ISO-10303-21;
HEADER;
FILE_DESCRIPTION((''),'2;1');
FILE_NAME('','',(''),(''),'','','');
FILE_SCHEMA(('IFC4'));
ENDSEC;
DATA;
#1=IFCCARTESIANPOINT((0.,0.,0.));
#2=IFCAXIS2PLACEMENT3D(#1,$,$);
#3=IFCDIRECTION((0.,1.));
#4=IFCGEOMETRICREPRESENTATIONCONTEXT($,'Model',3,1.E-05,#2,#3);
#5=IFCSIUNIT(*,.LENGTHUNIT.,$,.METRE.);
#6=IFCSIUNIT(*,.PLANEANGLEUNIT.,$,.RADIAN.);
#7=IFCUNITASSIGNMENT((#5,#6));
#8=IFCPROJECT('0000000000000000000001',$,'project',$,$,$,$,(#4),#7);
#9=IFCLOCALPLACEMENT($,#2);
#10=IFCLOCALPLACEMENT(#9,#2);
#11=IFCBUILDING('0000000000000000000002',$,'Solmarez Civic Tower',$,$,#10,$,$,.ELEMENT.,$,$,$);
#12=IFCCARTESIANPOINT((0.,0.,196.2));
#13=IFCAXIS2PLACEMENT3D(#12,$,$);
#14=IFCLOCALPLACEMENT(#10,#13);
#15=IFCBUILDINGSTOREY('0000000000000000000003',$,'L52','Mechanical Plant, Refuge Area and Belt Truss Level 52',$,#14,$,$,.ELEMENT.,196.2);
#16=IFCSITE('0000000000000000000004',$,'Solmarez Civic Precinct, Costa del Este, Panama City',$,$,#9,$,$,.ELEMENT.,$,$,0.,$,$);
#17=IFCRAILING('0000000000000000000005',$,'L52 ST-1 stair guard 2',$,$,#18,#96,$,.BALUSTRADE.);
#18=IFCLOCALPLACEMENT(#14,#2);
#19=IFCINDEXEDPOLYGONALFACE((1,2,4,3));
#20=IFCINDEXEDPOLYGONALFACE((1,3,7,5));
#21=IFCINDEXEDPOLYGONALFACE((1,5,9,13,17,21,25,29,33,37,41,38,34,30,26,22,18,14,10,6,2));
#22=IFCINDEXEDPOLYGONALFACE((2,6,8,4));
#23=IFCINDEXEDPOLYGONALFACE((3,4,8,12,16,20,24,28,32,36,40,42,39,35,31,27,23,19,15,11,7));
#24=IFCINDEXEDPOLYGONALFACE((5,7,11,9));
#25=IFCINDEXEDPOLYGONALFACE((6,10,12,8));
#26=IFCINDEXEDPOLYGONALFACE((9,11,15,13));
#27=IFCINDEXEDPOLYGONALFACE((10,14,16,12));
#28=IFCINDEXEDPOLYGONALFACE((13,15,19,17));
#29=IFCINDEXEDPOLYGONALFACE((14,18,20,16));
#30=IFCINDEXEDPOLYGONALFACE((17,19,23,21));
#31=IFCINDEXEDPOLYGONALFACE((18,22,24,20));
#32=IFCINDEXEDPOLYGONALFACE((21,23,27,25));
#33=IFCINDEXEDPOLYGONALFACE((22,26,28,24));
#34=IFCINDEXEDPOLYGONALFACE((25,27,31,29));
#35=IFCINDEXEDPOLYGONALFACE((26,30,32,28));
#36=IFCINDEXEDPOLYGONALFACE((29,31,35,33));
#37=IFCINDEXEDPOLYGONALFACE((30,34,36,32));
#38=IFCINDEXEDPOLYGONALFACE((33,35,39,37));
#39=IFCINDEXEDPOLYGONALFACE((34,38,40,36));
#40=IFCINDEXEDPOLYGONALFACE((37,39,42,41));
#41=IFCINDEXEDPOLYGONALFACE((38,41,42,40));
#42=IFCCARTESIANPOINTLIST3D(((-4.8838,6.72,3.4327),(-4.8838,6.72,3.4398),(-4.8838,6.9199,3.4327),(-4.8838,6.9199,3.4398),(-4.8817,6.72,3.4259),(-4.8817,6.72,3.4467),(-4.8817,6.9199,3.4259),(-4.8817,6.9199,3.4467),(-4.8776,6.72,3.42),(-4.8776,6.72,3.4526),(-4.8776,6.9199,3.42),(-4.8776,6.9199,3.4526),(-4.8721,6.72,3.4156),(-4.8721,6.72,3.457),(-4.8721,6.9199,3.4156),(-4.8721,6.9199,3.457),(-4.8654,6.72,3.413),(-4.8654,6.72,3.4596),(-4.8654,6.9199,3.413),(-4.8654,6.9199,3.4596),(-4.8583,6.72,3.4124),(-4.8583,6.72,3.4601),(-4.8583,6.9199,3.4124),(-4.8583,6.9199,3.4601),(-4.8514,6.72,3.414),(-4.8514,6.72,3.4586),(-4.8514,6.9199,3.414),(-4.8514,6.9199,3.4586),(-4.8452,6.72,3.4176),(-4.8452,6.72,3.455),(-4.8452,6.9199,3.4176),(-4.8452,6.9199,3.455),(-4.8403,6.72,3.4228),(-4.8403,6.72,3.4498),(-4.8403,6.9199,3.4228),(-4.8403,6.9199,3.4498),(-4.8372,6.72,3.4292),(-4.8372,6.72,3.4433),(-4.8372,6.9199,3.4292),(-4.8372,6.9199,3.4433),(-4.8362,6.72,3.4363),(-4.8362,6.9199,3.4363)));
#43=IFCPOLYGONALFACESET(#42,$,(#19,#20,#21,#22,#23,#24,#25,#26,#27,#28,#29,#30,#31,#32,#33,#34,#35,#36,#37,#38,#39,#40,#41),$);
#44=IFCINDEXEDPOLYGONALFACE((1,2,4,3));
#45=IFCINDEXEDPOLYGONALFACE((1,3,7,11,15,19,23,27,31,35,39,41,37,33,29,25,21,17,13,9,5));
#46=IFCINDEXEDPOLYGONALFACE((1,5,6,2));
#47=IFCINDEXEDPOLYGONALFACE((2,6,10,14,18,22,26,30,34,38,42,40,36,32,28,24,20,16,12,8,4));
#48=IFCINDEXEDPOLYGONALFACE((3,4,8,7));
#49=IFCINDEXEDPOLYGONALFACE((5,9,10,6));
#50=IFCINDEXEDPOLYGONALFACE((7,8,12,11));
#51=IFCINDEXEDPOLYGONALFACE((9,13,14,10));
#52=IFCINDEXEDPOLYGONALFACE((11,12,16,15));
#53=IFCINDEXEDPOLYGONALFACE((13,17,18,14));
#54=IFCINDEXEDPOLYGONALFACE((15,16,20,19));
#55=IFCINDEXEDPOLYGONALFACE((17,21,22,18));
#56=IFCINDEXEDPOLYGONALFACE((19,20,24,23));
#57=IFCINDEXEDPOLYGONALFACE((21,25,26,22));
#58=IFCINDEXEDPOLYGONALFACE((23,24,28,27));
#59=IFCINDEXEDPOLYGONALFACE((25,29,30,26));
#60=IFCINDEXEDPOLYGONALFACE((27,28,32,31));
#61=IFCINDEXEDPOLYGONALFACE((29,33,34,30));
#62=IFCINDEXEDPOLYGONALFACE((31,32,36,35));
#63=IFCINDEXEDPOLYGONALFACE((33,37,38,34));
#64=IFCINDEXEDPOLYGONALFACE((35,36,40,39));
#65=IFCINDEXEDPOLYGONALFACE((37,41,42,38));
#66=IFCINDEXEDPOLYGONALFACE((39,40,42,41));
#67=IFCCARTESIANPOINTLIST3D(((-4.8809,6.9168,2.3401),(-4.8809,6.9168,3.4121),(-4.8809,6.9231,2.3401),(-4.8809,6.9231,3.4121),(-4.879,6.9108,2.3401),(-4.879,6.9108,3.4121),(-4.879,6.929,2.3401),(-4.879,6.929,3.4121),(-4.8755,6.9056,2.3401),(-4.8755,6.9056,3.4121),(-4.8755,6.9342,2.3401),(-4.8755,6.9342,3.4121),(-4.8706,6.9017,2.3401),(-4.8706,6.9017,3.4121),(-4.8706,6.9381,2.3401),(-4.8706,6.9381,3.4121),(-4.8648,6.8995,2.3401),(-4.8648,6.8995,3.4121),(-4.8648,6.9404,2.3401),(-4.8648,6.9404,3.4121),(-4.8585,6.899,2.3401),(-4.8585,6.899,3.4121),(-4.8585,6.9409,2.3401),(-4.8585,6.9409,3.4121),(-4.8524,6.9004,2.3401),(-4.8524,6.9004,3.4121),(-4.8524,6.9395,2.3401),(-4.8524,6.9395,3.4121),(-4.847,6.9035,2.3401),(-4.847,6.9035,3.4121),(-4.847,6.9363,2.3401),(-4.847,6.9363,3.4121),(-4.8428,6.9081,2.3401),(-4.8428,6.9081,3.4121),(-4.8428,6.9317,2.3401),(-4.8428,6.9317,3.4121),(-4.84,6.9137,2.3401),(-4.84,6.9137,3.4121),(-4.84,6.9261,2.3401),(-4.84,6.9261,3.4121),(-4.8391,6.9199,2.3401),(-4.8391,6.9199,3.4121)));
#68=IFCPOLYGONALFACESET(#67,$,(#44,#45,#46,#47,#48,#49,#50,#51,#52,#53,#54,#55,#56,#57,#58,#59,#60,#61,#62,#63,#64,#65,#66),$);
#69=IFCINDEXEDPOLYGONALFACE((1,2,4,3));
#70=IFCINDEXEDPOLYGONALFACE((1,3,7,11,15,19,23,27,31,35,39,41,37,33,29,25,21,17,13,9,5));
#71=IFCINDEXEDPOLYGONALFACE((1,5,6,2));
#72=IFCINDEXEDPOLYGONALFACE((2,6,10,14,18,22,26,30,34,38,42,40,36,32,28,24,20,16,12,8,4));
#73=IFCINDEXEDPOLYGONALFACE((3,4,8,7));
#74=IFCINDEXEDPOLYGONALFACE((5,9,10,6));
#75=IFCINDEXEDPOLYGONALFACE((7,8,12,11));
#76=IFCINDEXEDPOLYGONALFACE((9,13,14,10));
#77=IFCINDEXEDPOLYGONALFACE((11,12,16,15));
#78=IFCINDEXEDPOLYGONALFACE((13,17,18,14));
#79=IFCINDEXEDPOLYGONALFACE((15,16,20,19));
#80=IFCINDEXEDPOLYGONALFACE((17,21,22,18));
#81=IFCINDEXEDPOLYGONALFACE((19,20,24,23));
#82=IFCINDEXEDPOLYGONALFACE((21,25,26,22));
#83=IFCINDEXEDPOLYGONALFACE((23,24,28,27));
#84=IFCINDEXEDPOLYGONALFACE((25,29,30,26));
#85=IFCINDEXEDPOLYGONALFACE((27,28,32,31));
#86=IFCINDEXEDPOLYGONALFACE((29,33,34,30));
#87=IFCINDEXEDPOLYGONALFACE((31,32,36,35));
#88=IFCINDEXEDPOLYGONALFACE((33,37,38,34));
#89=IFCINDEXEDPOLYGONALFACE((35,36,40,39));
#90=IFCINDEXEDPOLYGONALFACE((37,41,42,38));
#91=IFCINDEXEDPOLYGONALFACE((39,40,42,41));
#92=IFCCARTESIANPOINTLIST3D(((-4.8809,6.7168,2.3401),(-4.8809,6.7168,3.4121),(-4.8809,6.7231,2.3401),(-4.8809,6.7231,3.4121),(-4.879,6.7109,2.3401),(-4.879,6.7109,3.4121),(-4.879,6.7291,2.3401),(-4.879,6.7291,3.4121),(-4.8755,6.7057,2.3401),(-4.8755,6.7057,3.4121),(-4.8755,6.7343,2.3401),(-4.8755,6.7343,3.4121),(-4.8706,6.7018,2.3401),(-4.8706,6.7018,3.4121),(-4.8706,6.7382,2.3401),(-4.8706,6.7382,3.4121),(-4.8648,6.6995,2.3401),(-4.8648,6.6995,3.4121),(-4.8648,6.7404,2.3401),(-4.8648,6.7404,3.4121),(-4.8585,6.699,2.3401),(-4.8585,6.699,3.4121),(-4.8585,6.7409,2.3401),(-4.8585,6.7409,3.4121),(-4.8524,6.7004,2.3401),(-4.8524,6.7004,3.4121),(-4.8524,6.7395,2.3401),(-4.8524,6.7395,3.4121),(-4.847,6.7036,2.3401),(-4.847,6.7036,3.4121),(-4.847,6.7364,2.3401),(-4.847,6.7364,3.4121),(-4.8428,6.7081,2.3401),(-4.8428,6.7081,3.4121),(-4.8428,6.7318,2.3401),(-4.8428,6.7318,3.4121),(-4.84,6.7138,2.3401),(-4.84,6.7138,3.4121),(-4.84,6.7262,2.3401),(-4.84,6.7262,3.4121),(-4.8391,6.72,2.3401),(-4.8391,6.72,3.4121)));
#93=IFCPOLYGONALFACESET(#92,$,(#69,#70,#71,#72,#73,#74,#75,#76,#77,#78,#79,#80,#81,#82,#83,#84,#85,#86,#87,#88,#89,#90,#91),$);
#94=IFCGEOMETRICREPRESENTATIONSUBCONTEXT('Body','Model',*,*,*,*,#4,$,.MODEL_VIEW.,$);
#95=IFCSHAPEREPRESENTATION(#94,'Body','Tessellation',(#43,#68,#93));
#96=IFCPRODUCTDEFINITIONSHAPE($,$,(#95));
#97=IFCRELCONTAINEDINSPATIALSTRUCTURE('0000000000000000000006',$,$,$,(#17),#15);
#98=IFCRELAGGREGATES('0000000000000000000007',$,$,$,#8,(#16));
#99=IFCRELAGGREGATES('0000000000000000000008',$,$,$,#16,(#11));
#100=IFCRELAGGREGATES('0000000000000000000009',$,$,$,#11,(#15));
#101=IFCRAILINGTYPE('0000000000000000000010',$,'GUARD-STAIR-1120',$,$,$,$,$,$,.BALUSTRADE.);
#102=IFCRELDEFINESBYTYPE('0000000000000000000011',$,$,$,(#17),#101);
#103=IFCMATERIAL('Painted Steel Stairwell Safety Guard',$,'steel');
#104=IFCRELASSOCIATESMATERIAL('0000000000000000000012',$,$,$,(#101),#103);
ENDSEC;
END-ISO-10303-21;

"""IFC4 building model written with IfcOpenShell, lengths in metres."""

from ifc_helpers import new_model, si_unit, direction, frame, origin, origin_2d, place, context, subcontext, project, spatial, circle, extrude, material, type_object, element, save


model = new_model("IFC4")

# Units and contexts
model_context = context("Model", 3, precision=1e-05, world=origin(), true_north=direction((0.0, 1.0)))
body_context = subcontext(model_context, "Body", "Model", "MODEL_VIEW")
ifc_project = project(units=[si_unit("LENGTHUNIT", "METRE"), si_unit("PLANEANGLEUNIT", "RADIAN")], contexts=[model_context])

# Site, building, storey
site_placement = place(None, origin())
site = spatial("IfcSite", under=ifc_project, at=site_placement, Name="Solmarez Civic Precinct, Costa del Este, Panama City", CompositionType="ELEMENT", RefElevation=0.0)
building_placement = place(site_placement, origin())
building = spatial("IfcBuilding", under=site, at=building_placement, Name="Solmarez Civic Tower", CompositionType="ELEMENT")
storey_placement = place(building_placement, frame((0.0, 0.0, 196.2)))
storey = spatial("IfcBuildingStorey", under=building, at=storey_placement, Name="L52", Description="Mechanical Plant, Refuge Area and Belt Truss Level 52", CompositionType="ELEMENT", Elevation=196.2)

# Railing
ifc_material_1 = material(Name="Painted Steel Stairwell Safety Guard", Category="steel")
railing_type_1 = type_object("IfcRailingType", Name="GUARD-STAIR-1120", PredefinedType="BALUSTRADE", material=ifc_material_1)
railing_1_placement = place(storey_placement, frame((-4.8601, 6.9199, 2.3401)))
element("IfcRailing", 1, at=railing_1_placement, inside=storey, type_object=railing_type_1, Name="L52 ST-1 stair guard 2", PredefinedType="BALUSTRADE", context=body_context, shape_type="SweptSolid", body=[
    extrude(circle(Radius=0.0239, at=origin_2d()), frame((0.0, 0.0, 1.0962), z_axis=(0.0, -1.0, 0.0), x_axis=(1.0, 0.0, 0.0)), (0.0, 0.0, 1.0), 0.2),
    extrude(circle(Radius=0.021, at=origin_2d()), origin(), (0.0, 0.0, 1.0), 1.072),
    extrude(circle(Radius=0.021, at=origin_2d()), frame((0.0, -0.2, 0.0)), (0.0, 0.0, 1.0), 1.072),
])

save(model, "model.ifc")
